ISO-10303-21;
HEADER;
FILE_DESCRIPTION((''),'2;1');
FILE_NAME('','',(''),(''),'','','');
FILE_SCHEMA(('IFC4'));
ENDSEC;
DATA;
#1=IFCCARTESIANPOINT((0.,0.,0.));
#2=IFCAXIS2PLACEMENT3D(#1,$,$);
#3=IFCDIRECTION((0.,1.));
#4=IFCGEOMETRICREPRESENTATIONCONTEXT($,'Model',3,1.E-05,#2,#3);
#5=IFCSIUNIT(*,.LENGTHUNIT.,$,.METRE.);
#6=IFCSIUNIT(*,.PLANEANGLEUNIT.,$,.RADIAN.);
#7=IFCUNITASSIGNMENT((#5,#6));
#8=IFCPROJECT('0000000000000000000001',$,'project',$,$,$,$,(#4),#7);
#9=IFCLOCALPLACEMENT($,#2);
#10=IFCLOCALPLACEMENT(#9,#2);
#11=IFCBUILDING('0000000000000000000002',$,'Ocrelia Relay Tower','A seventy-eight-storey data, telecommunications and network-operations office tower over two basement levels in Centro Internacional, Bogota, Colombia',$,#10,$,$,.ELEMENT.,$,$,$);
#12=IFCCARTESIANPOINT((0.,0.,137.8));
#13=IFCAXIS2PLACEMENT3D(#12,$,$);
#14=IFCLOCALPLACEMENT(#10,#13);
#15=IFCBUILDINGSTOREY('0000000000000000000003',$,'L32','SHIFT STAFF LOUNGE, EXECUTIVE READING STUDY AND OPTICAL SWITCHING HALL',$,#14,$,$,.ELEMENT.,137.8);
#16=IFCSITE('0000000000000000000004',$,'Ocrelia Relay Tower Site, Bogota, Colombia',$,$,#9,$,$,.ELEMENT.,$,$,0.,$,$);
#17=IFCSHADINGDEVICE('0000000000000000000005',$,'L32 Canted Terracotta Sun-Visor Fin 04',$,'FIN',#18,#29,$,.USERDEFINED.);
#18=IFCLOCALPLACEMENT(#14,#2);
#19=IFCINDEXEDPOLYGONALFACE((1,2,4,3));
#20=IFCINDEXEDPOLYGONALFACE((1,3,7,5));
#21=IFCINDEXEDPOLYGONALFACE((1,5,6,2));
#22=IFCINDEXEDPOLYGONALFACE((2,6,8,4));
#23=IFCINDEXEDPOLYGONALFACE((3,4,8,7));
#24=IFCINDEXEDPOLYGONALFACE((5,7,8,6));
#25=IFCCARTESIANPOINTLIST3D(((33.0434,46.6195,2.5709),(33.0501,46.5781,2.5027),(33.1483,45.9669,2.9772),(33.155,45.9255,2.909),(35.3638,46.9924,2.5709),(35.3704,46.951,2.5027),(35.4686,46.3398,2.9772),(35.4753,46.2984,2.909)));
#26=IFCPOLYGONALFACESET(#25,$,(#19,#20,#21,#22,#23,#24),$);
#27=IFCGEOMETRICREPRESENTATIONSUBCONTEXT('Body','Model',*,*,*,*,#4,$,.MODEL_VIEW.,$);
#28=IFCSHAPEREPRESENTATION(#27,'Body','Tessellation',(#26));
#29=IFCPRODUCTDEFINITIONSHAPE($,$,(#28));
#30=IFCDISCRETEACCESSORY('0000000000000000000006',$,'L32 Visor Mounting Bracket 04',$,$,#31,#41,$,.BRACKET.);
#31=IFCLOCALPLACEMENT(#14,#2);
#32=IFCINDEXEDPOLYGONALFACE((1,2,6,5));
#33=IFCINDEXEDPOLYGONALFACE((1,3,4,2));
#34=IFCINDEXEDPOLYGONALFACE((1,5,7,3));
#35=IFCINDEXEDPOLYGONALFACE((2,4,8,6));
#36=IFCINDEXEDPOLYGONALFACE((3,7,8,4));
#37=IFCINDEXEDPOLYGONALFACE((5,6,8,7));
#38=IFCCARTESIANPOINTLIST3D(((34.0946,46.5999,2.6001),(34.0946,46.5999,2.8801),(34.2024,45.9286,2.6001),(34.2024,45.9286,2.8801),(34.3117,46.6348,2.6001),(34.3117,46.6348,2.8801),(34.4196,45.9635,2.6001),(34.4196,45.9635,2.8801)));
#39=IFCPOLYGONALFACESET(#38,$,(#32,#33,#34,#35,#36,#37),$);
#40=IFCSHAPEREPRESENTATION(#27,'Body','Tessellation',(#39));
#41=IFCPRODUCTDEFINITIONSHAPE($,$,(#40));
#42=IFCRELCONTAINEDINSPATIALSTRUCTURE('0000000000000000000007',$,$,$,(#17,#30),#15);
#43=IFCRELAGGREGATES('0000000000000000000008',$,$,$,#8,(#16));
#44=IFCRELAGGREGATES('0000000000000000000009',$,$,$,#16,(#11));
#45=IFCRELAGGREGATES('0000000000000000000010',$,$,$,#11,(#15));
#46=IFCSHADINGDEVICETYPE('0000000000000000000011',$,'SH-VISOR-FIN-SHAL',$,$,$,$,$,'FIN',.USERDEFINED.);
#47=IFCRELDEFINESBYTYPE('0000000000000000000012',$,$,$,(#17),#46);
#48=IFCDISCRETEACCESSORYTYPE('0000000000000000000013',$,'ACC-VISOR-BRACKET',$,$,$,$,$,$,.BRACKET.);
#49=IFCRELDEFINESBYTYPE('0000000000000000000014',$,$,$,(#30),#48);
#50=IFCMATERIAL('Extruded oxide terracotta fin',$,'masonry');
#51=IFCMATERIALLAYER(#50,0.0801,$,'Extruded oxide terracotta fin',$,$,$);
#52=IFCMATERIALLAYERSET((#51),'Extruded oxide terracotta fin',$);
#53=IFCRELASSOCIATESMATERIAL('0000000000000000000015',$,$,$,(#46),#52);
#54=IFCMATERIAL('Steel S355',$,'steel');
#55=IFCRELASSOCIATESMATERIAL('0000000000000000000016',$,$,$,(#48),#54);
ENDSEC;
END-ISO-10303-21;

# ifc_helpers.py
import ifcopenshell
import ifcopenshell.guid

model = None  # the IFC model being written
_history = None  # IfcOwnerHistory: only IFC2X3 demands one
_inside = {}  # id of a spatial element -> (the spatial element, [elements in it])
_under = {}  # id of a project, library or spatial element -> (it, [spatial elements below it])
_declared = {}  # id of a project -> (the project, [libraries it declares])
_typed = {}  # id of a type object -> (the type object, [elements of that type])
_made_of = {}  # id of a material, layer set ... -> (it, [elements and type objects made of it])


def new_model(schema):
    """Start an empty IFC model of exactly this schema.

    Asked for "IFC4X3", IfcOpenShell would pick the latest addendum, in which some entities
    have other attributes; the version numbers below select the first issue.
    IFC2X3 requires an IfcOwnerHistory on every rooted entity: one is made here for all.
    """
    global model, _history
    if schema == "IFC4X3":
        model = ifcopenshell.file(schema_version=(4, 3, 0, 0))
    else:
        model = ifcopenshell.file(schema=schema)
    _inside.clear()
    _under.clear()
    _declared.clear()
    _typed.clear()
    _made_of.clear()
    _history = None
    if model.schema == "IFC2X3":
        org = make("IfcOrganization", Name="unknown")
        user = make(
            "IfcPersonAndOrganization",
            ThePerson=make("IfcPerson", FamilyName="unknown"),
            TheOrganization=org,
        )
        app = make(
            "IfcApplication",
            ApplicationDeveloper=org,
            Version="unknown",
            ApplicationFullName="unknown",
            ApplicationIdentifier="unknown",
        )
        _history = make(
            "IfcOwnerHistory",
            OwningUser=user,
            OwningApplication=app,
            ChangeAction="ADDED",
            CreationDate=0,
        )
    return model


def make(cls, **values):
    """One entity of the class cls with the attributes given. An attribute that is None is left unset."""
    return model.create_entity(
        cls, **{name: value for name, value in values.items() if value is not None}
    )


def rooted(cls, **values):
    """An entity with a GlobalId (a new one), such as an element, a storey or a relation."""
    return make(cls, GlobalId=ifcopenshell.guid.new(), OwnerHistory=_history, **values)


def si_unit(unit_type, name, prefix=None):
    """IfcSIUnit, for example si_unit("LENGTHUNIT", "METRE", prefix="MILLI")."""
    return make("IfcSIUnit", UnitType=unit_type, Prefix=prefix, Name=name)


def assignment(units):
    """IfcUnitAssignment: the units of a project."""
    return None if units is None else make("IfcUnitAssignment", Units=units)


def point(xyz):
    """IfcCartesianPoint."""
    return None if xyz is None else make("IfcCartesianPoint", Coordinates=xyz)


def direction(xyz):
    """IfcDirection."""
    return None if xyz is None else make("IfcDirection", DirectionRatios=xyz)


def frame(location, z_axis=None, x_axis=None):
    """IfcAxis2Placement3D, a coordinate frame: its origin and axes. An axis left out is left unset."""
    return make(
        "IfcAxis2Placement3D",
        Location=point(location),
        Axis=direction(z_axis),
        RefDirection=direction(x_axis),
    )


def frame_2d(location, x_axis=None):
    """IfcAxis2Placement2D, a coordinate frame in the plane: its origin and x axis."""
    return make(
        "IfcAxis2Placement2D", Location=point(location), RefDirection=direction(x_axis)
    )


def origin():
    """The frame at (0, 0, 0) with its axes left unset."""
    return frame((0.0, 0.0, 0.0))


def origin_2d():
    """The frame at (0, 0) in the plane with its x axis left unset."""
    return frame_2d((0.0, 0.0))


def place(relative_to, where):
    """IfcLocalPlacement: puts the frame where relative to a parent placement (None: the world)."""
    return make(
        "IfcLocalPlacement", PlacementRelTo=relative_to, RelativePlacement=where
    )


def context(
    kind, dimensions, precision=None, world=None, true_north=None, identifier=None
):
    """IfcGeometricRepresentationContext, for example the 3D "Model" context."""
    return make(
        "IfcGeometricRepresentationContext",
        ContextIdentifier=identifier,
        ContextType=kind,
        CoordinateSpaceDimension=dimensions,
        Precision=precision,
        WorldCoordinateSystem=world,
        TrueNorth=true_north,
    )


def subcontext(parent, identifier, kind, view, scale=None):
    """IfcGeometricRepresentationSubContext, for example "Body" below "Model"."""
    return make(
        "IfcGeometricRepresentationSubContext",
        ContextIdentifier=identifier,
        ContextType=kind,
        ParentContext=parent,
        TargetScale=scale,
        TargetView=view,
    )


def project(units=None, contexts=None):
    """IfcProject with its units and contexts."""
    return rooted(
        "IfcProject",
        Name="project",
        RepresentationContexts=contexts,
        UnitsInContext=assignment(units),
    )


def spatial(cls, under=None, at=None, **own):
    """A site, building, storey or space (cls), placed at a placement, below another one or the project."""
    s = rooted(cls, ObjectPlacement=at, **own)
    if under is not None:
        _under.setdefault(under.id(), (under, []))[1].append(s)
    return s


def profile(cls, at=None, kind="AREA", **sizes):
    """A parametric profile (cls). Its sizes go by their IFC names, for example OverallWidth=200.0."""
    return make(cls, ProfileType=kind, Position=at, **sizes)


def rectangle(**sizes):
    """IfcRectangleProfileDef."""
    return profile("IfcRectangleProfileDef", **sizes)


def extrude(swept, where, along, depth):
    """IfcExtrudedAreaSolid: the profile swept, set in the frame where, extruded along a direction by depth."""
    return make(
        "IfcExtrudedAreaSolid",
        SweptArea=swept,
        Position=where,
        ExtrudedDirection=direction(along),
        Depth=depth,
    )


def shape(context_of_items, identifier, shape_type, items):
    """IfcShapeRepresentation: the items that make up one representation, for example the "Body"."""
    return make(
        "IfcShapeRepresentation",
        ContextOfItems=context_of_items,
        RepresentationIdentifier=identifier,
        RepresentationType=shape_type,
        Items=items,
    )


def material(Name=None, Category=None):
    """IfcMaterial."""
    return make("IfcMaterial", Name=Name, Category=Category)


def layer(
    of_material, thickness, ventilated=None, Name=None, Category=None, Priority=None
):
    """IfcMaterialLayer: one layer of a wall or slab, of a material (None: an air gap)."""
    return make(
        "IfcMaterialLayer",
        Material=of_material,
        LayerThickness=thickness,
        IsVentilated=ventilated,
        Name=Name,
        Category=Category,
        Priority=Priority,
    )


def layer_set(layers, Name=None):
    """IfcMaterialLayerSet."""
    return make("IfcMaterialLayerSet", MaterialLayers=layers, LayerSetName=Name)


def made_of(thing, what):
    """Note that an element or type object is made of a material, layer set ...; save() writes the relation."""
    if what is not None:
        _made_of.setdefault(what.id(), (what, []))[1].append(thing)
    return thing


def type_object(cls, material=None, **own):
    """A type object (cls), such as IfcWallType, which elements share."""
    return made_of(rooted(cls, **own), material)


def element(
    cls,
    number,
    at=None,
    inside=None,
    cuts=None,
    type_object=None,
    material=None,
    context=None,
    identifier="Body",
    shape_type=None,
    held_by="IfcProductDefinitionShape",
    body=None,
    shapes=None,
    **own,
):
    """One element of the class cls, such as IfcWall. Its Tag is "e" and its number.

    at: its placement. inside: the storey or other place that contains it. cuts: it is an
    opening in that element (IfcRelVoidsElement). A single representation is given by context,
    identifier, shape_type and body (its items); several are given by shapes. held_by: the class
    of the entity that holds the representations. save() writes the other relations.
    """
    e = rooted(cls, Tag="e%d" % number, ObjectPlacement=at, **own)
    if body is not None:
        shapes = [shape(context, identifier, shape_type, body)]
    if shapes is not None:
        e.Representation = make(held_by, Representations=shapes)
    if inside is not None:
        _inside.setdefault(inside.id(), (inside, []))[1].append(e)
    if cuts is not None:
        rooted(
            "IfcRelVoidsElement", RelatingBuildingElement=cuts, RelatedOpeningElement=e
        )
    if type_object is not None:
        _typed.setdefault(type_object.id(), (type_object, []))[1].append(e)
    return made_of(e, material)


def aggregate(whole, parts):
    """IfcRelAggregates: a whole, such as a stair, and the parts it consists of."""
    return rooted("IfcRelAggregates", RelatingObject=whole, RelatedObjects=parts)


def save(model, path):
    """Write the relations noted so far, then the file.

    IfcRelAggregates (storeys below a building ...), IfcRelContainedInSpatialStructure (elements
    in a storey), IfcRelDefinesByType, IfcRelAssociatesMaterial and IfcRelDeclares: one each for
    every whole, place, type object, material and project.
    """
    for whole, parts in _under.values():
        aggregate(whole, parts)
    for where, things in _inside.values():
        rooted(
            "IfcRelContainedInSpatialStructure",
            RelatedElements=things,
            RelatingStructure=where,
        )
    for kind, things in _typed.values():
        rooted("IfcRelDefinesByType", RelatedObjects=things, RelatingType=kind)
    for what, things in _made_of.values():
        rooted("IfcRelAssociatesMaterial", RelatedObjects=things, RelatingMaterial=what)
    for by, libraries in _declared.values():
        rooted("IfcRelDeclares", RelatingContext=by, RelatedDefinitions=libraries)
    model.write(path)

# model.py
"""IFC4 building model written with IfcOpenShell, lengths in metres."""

from ifc_helpers import new_model, si_unit, direction, frame, origin, origin_2d, place, context, subcontext, project, spatial, rectangle, extrude, material, layer, layer_set, type_object, element, save


model = new_model("IFC4")

# Units and contexts
model_context = context("Model", 3, precision=1e-05, world=origin(), true_north=direction((0.0, 1.0)))
body_context = subcontext(model_context, "Body", "Model", "MODEL_VIEW")
ifc_project = project(units=[si_unit("LENGTHUNIT", "METRE"), si_unit("PLANEANGLEUNIT", "RADIAN")], contexts=[model_context])

# Site, building, storey
site_placement = place(None, origin())
site = spatial("IfcSite", under=ifc_project, at=site_placement, Name="Ocrelia Relay Tower Site, Bogota, Colombia", CompositionType="ELEMENT", RefElevation=0.0)
building_placement = place(site_placement, origin())
building = spatial("IfcBuilding", under=site, at=building_placement, Name="Ocrelia Relay Tower", Description="A seventy-eight-storey data, telecommunications and network-operations office tower over two basement levels in Centro Internacional, Bogota, Colombia", CompositionType="ELEMENT")
storey_placement = place(building_placement, frame((0.0, 0.0, 137.8)))
storey = spatial("IfcBuildingStorey", under=building, at=storey_placement, Name="L32", Description="SHIFT STAFF LOUNGE, EXECUTIVE READING STUDY AND OPTICAL SWITCHING HALL", CompositionType="ELEMENT", Elevation=137.8)

# Shared definitions
ifc_material_1 = material(Name="Steel S355", Category="steel")

# Shading device
ifc_material_2 = material(Name="Extruded oxide terracotta fin", Category="masonry")
ifc_layer_1 = layer(ifc_material_2, 0.0801, Name="Extruded oxide terracotta fin")
ifc_layer_set_1 = layer_set([ifc_layer_1], Name="Extruded oxide terracotta fin")
shading_device_type_1 = type_object("IfcShadingDeviceType", Name="SH-VISOR-FIN-SHAL", ElementType="FIN", PredefinedType="USERDEFINED", material=ifc_layer_set_1)
shading_device_1_placement = place(storey_placement, frame((34.2627, 46.4382, 2.7058), z_axis=(-0.083085, 0.517056, 0.85191), x_axis=(-0.987334, -0.158654, 0.0)))
element("IfcShadingDevice", 1, at=shading_device_1_placement, inside=storey, type_object=shading_device_type_1, Name="L32 Canted Terracotta Sun-Visor Fin 04", ObjectType="FIN", PredefinedType="USERDEFINED", context=body_context, shape_type="SweptSolid", body=[
    extrude(rectangle(XDim=2.3501, YDim=0.7759, at=origin_2d()), origin(), (0.0, 0.0, 1.0), 0.0801),
])

# Discrete accessory
discrete_accessory_type = type_object("IfcDiscreteAccessoryType", Name="ACC-VISOR-BRACKET", PredefinedType="BRACKET", material=ifc_material_1)
discrete_accessory_placement = place(storey_placement, frame((34.2571, 46.2817, 2.6001), z_axis=(0.0, 0.0, 1.0), x_axis=(-0.987334, -0.158654, 0.0)))
element("IfcDiscreteAccessory", 2, at=discrete_accessory_placement, inside=storey, type_object=discrete_accessory_type, Name="L32 Visor Mounting Bracket 04", PredefinedType="BRACKET", context=body_context, shape_type="SweptSolid", body=[
    extrude(rectangle(XDim=0.22, YDim=0.6799, at=origin_2d()), origin(), (0.0, 0.0, 1.0), 0.28),
])

save(model, "model.ifc")
